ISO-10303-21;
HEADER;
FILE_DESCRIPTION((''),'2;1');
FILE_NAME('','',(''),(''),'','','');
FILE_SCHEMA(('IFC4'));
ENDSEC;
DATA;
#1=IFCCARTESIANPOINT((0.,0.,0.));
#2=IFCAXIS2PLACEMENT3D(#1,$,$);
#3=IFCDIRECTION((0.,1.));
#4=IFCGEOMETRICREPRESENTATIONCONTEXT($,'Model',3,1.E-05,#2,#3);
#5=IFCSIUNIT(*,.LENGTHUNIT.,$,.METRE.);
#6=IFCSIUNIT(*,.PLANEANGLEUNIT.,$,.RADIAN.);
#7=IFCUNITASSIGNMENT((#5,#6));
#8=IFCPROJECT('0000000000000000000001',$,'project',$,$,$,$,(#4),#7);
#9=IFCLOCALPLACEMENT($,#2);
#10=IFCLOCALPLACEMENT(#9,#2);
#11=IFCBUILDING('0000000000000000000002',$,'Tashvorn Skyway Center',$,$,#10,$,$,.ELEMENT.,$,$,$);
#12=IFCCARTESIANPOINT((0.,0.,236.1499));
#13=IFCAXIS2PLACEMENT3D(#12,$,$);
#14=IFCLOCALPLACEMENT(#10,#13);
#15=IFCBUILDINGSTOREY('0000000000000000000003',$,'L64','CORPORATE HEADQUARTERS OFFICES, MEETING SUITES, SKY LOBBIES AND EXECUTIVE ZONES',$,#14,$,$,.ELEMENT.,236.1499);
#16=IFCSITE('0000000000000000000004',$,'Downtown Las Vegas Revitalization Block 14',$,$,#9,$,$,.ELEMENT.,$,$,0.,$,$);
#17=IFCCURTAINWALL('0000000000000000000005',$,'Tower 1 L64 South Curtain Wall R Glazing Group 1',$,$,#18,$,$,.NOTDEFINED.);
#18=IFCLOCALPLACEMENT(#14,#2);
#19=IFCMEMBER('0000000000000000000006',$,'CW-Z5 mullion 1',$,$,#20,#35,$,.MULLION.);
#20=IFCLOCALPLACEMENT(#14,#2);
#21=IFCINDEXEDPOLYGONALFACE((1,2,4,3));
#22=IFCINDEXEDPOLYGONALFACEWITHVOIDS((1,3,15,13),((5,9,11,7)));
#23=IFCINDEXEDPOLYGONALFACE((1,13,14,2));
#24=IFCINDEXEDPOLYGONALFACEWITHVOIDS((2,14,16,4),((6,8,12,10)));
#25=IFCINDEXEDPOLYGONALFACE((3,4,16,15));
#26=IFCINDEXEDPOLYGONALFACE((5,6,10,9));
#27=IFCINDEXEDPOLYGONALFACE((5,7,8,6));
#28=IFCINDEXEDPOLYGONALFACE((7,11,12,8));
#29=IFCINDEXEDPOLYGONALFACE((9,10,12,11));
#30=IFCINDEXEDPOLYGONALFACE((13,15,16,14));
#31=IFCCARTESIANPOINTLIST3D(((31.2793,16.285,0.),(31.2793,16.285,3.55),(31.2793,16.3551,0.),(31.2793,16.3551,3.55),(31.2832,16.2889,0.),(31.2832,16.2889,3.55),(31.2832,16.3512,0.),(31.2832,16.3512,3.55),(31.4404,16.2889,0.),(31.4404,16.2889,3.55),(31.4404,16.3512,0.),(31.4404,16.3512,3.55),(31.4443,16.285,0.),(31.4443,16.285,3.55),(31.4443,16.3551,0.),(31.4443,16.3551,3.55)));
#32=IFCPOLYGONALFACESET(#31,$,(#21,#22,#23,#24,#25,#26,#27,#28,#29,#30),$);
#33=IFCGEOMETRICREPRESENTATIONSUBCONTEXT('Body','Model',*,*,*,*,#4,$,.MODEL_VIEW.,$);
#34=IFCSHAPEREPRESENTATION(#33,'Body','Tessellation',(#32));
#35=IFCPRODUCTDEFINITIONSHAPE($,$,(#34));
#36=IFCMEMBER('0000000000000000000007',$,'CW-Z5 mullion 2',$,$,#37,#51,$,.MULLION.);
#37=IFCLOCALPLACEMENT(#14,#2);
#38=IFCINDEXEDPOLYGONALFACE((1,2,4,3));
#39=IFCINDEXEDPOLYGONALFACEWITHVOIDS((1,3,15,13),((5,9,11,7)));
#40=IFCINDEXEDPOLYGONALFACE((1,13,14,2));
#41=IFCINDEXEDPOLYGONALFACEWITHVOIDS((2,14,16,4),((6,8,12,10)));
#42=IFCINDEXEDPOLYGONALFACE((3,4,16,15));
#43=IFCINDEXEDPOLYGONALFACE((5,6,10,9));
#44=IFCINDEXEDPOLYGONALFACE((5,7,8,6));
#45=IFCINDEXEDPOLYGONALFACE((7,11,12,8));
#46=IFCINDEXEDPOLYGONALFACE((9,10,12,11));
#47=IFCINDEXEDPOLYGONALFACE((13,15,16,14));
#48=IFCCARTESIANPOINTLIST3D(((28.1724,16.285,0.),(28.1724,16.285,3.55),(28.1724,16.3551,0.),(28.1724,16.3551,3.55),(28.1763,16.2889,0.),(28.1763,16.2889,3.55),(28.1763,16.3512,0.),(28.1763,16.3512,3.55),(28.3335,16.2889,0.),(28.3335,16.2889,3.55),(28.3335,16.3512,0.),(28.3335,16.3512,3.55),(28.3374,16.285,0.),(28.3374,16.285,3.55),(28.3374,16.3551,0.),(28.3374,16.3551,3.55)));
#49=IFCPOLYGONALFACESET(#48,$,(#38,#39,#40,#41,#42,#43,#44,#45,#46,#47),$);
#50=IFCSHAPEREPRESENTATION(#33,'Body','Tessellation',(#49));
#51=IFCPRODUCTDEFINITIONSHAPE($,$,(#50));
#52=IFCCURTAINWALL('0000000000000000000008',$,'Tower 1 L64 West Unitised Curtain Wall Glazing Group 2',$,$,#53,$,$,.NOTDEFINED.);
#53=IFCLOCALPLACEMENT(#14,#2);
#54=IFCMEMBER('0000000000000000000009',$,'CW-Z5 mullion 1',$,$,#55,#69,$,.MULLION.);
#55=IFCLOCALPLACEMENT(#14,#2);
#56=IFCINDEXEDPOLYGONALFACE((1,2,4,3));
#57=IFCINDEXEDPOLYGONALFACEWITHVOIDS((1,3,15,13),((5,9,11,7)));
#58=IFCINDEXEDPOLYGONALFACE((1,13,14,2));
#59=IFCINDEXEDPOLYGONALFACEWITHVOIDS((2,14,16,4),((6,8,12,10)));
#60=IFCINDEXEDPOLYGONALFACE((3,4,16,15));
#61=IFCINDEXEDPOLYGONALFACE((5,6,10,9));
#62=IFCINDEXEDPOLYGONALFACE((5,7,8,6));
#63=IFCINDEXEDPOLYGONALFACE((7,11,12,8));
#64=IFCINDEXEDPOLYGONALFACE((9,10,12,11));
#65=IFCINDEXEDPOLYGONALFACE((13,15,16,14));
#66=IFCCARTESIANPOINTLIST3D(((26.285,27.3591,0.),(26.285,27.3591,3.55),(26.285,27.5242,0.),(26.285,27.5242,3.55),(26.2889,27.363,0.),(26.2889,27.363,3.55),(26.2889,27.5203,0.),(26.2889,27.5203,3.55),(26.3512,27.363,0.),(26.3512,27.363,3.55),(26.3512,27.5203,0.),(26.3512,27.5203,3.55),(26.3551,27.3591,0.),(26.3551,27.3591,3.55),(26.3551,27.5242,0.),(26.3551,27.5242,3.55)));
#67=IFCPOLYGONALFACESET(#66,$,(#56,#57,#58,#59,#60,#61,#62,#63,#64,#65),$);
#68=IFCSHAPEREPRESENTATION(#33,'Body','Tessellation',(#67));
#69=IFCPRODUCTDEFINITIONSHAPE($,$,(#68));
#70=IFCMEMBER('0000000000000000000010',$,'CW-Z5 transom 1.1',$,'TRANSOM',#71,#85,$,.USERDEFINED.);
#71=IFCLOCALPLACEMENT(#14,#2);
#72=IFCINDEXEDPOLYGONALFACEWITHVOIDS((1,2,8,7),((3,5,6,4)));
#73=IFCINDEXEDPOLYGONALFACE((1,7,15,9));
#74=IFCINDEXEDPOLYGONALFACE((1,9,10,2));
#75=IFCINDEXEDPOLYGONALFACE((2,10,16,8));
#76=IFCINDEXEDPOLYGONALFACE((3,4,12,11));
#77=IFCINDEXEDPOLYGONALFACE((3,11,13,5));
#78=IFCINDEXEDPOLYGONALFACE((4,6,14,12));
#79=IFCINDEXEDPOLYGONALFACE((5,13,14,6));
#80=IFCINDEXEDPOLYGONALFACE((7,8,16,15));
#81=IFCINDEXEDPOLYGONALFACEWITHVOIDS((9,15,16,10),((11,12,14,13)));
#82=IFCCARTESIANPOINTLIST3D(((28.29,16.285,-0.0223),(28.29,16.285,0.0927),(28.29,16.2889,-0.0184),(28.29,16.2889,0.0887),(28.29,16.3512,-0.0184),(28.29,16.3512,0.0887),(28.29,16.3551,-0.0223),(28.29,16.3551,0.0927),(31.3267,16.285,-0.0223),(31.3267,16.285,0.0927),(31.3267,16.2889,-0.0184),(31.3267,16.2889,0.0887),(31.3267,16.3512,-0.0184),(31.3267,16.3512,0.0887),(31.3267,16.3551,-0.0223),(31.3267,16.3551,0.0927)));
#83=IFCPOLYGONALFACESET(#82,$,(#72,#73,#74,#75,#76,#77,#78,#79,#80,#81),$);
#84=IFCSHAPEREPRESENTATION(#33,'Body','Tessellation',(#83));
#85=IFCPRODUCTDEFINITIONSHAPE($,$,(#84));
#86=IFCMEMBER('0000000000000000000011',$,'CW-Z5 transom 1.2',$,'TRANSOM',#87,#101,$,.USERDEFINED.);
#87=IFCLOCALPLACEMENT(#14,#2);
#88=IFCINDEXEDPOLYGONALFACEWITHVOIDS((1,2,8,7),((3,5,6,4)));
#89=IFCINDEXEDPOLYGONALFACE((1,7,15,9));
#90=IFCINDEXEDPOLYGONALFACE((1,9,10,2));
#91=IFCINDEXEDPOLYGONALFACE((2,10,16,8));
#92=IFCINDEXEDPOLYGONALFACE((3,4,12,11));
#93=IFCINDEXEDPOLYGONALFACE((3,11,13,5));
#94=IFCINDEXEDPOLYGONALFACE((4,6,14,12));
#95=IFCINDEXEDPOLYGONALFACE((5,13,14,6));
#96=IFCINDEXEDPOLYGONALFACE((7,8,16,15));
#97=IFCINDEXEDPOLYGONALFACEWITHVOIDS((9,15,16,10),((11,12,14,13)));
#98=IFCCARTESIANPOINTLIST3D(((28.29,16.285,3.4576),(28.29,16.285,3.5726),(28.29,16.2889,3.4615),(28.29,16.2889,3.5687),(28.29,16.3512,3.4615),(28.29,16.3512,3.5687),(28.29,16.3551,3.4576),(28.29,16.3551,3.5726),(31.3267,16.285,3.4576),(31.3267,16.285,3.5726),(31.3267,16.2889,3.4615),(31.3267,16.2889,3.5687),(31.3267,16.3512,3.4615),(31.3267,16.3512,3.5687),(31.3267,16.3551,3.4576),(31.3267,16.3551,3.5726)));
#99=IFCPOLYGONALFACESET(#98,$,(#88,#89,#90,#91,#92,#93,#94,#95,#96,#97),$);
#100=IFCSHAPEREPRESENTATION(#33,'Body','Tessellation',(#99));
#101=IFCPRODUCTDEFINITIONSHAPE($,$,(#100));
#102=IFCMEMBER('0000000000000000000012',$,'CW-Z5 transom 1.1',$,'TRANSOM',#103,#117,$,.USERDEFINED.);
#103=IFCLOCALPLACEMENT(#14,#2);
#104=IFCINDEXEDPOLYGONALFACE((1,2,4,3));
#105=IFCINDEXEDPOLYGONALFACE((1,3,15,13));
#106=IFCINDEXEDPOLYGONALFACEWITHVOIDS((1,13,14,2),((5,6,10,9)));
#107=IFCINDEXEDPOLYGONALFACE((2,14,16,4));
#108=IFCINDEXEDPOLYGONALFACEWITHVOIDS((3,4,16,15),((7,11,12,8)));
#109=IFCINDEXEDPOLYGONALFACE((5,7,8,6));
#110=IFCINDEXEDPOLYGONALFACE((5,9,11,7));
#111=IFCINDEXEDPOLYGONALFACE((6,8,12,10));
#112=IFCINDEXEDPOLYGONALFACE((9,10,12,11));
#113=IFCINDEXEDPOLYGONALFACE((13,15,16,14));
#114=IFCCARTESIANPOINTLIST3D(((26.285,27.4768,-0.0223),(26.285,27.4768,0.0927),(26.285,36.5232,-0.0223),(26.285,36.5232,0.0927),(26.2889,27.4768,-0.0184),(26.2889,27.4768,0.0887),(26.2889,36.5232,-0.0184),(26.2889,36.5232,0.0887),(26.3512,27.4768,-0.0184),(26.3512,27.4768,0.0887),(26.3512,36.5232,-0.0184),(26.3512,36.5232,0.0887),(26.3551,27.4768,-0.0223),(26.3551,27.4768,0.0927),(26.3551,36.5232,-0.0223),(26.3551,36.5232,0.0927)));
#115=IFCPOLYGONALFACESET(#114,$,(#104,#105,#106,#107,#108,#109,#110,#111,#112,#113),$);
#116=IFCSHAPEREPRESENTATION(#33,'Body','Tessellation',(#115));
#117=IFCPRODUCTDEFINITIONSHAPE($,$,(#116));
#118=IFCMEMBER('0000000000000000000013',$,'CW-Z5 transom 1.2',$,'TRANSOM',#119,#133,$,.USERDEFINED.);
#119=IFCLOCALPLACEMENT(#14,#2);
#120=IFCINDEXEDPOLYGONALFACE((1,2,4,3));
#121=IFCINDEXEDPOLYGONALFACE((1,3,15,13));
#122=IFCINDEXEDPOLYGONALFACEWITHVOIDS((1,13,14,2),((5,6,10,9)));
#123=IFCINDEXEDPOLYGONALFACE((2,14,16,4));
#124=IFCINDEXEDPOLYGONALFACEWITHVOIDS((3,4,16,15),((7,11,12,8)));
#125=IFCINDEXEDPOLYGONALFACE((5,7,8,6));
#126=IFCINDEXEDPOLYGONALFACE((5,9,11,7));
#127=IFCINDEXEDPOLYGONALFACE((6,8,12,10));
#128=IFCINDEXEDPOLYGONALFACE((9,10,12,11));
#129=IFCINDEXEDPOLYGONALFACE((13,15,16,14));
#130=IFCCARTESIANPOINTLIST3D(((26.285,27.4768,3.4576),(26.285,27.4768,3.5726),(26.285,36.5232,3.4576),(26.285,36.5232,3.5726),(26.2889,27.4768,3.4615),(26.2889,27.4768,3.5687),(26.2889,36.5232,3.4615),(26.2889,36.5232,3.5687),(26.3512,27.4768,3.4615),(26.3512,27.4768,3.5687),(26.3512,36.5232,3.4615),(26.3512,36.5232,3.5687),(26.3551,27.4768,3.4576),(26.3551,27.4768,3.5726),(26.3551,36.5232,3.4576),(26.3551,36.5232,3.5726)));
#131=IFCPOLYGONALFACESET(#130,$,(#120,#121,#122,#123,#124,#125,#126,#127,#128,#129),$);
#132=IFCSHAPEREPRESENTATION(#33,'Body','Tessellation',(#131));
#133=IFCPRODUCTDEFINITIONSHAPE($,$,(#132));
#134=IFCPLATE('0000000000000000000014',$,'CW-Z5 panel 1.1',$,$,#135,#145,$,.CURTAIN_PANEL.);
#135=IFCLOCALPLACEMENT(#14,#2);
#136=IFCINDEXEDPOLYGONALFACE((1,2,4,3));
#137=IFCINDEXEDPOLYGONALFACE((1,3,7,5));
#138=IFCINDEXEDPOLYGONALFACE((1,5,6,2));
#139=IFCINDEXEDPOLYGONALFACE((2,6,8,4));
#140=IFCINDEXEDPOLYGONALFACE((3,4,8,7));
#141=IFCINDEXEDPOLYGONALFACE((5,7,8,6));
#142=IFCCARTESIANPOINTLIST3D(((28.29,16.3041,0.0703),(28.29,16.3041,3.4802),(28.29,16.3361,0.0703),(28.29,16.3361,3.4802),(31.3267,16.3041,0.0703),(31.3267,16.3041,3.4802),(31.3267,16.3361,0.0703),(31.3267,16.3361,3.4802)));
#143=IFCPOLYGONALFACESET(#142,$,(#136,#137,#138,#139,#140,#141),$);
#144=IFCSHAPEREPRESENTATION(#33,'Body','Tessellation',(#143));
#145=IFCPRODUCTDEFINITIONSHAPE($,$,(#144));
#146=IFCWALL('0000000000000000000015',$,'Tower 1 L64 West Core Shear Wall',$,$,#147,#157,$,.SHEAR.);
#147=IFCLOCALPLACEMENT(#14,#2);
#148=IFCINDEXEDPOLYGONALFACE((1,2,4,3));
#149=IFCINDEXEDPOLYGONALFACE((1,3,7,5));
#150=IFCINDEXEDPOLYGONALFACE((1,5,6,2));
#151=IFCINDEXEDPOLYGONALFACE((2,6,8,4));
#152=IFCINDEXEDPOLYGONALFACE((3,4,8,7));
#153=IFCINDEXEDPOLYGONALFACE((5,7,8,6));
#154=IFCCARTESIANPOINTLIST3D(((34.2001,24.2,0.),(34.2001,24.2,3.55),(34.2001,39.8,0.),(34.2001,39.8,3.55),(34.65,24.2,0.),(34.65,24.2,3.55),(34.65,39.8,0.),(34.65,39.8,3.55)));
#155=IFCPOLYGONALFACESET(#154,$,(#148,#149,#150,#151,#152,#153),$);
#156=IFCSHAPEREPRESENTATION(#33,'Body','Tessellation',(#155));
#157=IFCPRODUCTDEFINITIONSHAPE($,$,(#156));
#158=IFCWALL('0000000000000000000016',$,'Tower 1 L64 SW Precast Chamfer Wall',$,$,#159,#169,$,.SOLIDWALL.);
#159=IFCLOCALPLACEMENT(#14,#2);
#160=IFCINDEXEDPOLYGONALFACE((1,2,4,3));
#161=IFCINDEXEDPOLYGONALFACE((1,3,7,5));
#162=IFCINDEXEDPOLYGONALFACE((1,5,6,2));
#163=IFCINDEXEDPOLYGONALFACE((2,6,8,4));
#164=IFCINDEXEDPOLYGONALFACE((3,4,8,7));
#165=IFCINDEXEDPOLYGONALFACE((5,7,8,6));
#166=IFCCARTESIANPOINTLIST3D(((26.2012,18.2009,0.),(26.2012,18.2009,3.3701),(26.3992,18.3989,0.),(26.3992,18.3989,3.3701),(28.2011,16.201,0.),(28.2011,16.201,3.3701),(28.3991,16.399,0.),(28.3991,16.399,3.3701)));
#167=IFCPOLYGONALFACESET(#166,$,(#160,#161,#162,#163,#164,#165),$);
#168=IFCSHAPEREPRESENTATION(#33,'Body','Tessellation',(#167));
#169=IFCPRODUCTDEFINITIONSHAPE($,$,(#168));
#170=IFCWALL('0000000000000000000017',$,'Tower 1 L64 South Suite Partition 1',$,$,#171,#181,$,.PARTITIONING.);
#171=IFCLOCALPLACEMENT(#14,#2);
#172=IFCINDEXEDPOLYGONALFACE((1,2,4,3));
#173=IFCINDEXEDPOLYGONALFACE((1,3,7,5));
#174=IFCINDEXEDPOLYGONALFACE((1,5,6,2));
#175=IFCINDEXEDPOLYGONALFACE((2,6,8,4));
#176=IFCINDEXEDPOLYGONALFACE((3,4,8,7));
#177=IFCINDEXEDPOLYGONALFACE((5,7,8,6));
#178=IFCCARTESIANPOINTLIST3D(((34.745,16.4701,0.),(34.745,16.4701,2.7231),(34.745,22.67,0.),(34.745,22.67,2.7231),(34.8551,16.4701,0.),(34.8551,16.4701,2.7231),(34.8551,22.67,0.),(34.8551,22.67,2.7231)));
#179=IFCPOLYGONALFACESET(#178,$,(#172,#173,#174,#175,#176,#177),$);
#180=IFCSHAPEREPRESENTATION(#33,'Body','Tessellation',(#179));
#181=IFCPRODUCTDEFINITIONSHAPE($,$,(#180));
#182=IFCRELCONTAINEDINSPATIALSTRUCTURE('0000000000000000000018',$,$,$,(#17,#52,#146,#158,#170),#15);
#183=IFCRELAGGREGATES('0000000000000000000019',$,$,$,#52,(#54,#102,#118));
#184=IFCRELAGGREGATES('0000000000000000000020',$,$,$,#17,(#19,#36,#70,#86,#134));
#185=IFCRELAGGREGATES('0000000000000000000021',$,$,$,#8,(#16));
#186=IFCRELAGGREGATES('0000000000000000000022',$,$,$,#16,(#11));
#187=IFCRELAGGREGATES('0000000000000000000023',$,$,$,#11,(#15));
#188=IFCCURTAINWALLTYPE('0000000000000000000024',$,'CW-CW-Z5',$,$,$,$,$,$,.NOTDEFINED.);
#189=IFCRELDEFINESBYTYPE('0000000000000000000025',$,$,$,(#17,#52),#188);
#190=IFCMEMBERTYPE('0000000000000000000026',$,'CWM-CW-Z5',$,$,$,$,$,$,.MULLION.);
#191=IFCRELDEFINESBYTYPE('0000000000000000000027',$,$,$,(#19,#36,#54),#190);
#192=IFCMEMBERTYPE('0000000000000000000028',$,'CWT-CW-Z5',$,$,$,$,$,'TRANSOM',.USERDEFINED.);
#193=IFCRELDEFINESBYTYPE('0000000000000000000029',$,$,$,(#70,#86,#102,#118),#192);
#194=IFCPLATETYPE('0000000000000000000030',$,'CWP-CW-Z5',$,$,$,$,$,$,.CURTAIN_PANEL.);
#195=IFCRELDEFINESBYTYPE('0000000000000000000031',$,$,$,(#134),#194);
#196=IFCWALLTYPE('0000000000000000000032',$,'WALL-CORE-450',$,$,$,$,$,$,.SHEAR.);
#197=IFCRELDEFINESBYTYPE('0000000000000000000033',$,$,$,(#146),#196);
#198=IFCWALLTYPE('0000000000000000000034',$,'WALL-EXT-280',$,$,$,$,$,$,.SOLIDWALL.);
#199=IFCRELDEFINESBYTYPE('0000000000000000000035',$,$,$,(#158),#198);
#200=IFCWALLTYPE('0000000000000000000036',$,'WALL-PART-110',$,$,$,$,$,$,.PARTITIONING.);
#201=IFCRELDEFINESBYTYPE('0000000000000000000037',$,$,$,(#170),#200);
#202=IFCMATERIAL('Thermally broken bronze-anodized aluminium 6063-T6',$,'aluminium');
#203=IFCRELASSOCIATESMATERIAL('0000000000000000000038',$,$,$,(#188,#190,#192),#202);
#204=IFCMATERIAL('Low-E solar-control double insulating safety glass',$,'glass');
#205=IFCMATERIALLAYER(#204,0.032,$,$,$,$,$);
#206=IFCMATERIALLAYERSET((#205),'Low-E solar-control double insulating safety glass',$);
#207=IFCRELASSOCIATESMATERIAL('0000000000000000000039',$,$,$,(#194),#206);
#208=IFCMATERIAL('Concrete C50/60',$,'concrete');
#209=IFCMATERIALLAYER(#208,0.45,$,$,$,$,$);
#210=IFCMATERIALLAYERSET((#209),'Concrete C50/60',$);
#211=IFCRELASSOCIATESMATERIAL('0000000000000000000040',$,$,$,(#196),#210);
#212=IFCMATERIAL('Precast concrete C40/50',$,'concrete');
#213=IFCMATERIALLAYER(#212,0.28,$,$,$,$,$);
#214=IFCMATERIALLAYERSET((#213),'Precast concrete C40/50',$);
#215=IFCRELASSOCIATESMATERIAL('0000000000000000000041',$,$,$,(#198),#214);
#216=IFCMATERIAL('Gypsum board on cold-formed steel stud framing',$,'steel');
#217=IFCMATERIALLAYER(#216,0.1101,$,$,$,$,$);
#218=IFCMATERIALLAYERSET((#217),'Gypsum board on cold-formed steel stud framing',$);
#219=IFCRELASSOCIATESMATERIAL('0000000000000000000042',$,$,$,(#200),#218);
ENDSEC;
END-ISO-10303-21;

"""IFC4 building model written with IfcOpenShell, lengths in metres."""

from ifc_helpers import new_model, si_unit, direction, frame, frame_2d, origin, origin_2d, place, context, subcontext, project, spatial, rectangle, hollow_rectangle, extrude, material, layer, layer_set, material_profile, profile_set, type_object, element, aggregate, save


model = new_model("IFC4")

# Units and contexts
model_context = context("Model", 3, precision=1e-05, world=origin(), true_north=direction((0.0, 1.0)))
body_context = subcontext(model_context, "Body", "Model", "MODEL_VIEW")
ifc_project = project(units=[si_unit("LENGTHUNIT", "METRE"), si_unit("PLANEANGLEUNIT", "RADIAN")], contexts=[model_context])

# Site, building, storey
site_placement = place(None, origin())
site = spatial("IfcSite", under=ifc_project, at=site_placement, Name="Downtown Las Vegas Revitalization Block 14", CompositionType="ELEMENT", RefElevation=0.0)
building_placement = place(site_placement, origin())
building = spatial("IfcBuilding", under=site, at=building_placement, Name="Tashvorn Skyway Center", CompositionType="ELEMENT")
storey_placement = place(building_placement, frame((0.0, 0.0, 236.1499)))
storey = spatial("IfcBuildingStorey", under=building, at=storey_placement, Name="L64", Description="CORPORATE HEADQUARTERS OFFICES, MEETING SUITES, SKY LOBBIES AND EXECUTIVE ZONES", CompositionType="ELEMENT", Elevation=236.1499)

# Curtain wall, members
ifc_material_1 = material(Name="Thermally broken bronze-anodized aluminium 6063-T6", Category="aluminium")
curtain_wall_type = type_object("IfcCurtainWallType", Name="CW-CW-Z5", PredefinedType="NOTDEFINED", material=ifc_material_1)
curtain_wall_1_placement = place(storey_placement, origin())
curtain_wall_1 = element("IfcCurtainWall", 1, at=curtain_wall_1_placement, inside=storey, type_object=curtain_wall_type, Name="Tower 1 L64 South Curtain Wall R Glazing Group 1", PredefinedType="NOTDEFINED")
ifc_material_profile_1 = material_profile(ifc_material_1, hollow_rectangle(XDim=0.0701, YDim=0.165, WallThickness=0.0039, at=origin_2d()), Name="ALU-MULL-70x165")
ifc_profile_set_1 = profile_set([ifc_material_profile_1], Name="Thermally broken bronze-anodized aluminium 6063-T6")
member_type_1 = type_object("IfcMemberType", Name="CWM-CW-Z5", PredefinedType="MULLION", material=ifc_profile_set_1)
member_1_placement = place(storey_placement, frame((31.3618, 16.3201, 0.0), z_axis=(0.0, 0.0, 1.0), x_axis=(0.0, -1.0, 0.0)))
member_1 = element("IfcMember", 2, at=member_1_placement, type_object=member_type_1, Name="CW-Z5 mullion 1", PredefinedType="MULLION", context=body_context, shape_type="SweptSolid", body=[
    extrude(hollow_rectangle(XDim=0.0701, YDim=0.165, WallThickness=0.0039, at=origin_2d()), origin(), (0.0, 0.0, 1.0), 3.55),
])
member_2_placement = place(storey_placement, frame((28.2549, 16.3201, 0.0), z_axis=(0.0, 0.0, 1.0), x_axis=(0.0, -1.0, 0.0)))
member_2 = element("IfcMember", 3, at=member_2_placement, type_object=member_type_1, Name="CW-Z5 mullion 2", PredefinedType="MULLION", context=body_context, shape_type="SweptSolid", body=[
    extrude(hollow_rectangle(XDim=0.0701, YDim=0.165, WallThickness=0.0039, at=origin_2d()), origin(), (0.0, 0.0, 1.0), 3.55),
])

# Curtain wall, member
curtain_wall_2_placement = place(storey_placement, origin())
curtain_wall_2 = element("IfcCurtainWall", 4, at=curtain_wall_2_placement, inside=storey, type_object=curtain_wall_type, Name="Tower 1 L64 West Unitised Curtain Wall Glazing Group 2", PredefinedType="NOTDEFINED")
member_3_placement = place(storey_placement, frame((26.3201, 27.4417, 0.0), z_axis=(0.0, 0.0, 1.0), x_axis=(-1.0, 0.0, 0.0)))
member_3 = element("IfcMember", 5, at=member_3_placement, type_object=member_type_1, Name="CW-Z5 mullion 1", PredefinedType="MULLION", context=body_context, shape_type="SweptSolid", body=[
    extrude(hollow_rectangle(XDim=0.0701, YDim=0.165, WallThickness=0.0039, at=origin_2d()), origin(), (0.0, 0.0, 1.0), 3.55),
])

# Members
ifc_material_profile_2 = material_profile(ifc_material_1, hollow_rectangle(XDim=0.0701, YDim=0.115, WallThickness=0.0039, at=origin_2d()), Name="ALU-TRAN-70x115")
ifc_profile_set_2 = profile_set([ifc_material_profile_2], Name="Thermally broken bronze-anodized aluminium 6063-T6")
member_type_2 = type_object("IfcMemberType", Name="CWT-CW-Z5", ElementType="TRANSOM", PredefinedType="USERDEFINED", material=ifc_profile_set_2)
member_4_placement = place(storey_placement, frame((31.3267, 16.3201, 0.0352), z_axis=(-1.0, 0.0, 0.0), x_axis=(0.0, -1.0, 0.0)))
member_4 = element("IfcMember", 6, at=member_4_placement, type_object=member_type_2, Name="CW-Z5 transom 1.1", ObjectType="TRANSOM", PredefinedType="USERDEFINED", context=body_context, shape_type="SweptSolid", body=[
    extrude(hollow_rectangle(XDim=0.0701, YDim=0.115, WallThickness=0.0039, at=origin_2d()), origin(), (0.0, 0.0, 1.0), 3.0366),
])
member_5_placement = place(storey_placement, frame((31.3267, 16.3201, 3.5151), z_axis=(-1.0, 0.0, 0.0), x_axis=(0.0, -1.0, 0.0)))
member_5 = element("IfcMember", 7, at=member_5_placement, type_object=member_type_2, Name="CW-Z5 transom 1.2", ObjectType="TRANSOM", PredefinedType="USERDEFINED", context=body_context, shape_type="SweptSolid", body=[
    extrude(hollow_rectangle(XDim=0.0701, YDim=0.115, WallThickness=0.0039, at=origin_2d()), origin(), (0.0, 0.0, 1.0), 3.0366),
])
member_6_placement = place(storey_placement, frame((26.3201, 27.4768, 0.0352), z_axis=(0.0, 1.0, 0.0), x_axis=(-1.0, 0.0, 0.0)))
member_6 = element("IfcMember", 8, at=member_6_placement, type_object=member_type_2, Name="CW-Z5 transom 1.1", ObjectType="TRANSOM", PredefinedType="USERDEFINED", context=body_context, shape_type="SweptSolid", body=[
    extrude(hollow_rectangle(XDim=0.0701, YDim=0.115, WallThickness=0.0039, at=origin_2d()), origin(), (0.0, 0.0, 1.0), 9.0464),
])
member_7_placement = place(storey_placement, frame((26.3201, 27.4768, 3.5151), z_axis=(0.0, 1.0, 0.0), x_axis=(-1.0, 0.0, 0.0)))
member_7 = element("IfcMember", 9, at=member_7_placement, type_object=member_type_2, Name="CW-Z5 transom 1.2", ObjectType="TRANSOM", PredefinedType="USERDEFINED", context=body_context, shape_type="SweptSolid", body=[
    extrude(hollow_rectangle(XDim=0.0701, YDim=0.115, WallThickness=0.0039, at=origin_2d()), origin(), (0.0, 0.0, 1.0), 9.0464),
])
aggregate(curtain_wall_2, [member_3, member_6, member_7])

# Plate
ifc_material_2 = material(Name="Low-E solar-control double insulating safety glass", Category="glass")
ifc_layer_1 = layer(ifc_material_2, 0.032)
ifc_layer_set_1 = layer_set([ifc_layer_1], Name="Low-E solar-control double insulating safety glass")
plate_type = type_object("IfcPlateType", Name="CWP-CW-Z5", PredefinedType="CURTAIN_PANEL", material=ifc_layer_set_1)
plate_placement = place(storey_placement, frame((29.8083, 16.3201, 0.0703), z_axis=(0.0, 0.0, 1.0), x_axis=(-1.0, 0.0, 0.0)))
plate = element("IfcPlate", 10, at=plate_placement, type_object=plate_type, Name="CW-Z5 panel 1.1", PredefinedType="CURTAIN_PANEL", context=body_context, shape_type="SweptSolid", body=[
    extrude(rectangle(XDim=3.0366, YDim=0.032, at=origin_2d()), origin(), (0.0, 0.0, 1.0), 3.4099),
])
aggregate(curtain_wall_1, [member_1, member_2, member_4, member_5, plate])

# Walls
ifc_material_3 = material(Name="Concrete C50/60", Category="concrete")
ifc_layer_2 = layer(ifc_material_3, 0.45)
ifc_layer_set_2 = layer_set([ifc_layer_2], Name="Concrete C50/60")
wall_type_1 = type_object("IfcWallType", Name="WALL-CORE-450", PredefinedType="SHEAR", material=ifc_layer_set_2)
wall_1_placement = place(storey_placement, frame((34.425, 24.2, 0.0), z_axis=(0.0, 0.0, 1.0), x_axis=(0.0, 1.0, 0.0)))
element("IfcWall", 11, at=wall_1_placement, inside=storey, type_object=wall_type_1, Name="Tower 1 L64 West Core Shear Wall", PredefinedType="SHEAR", context=body_context, shape_type="SweptSolid", body=[
    extrude(rectangle(XDim=15.6001, YDim=0.45, at=frame_2d((7.8, 0.0))), origin(), (0.0, 0.0, 1.0), 3.55),
])
ifc_material_4 = material(Name="Precast concrete C40/50", Category="concrete")
ifc_layer_3 = layer(ifc_material_4, 0.28)
ifc_layer_set_3 = layer_set([ifc_layer_3], Name="Precast concrete C40/50")
wall_type_2 = type_object("IfcWallType", Name="WALL-EXT-280", PredefinedType="SOLIDWALL", material=ifc_layer_set_3)
wall_2_placement = place(storey_placement, frame((28.3, 16.3, 0.0), z_axis=(0.0, 0.0, 1.0), x_axis=(-0.707107, 0.707107, 0.0)))
element("IfcWall", 12, at=wall_2_placement, inside=storey, type_object=wall_type_2, Name="Tower 1 L64 SW Precast Chamfer Wall", PredefinedType="SOLIDWALL", context=body_context, shape_type="SweptSolid", body=[
    extrude(rectangle(XDim=2.8284, YDim=0.28, at=frame_2d((1.4141, 0.0))), origin(), (0.0, 0.0, 1.0), 3.3701),
])
ifc_material_5 = material(Name="Gypsum board on cold-formed steel stud framing", Category="steel")
ifc_layer_4 = layer(ifc_material_5, 0.1101)
ifc_layer_set_4 = layer_set([ifc_layer_4], Name="Gypsum board on cold-formed steel stud framing")
wall_type_3 = type_object("IfcWallType", Name="WALL-PART-110", PredefinedType="PARTITIONING", material=ifc_layer_set_4)
wall_3_placement = place(storey_placement, frame((34.8, 16.47, 0.0), z_axis=(0.0, 0.0, 1.0), x_axis=(0.0, 1.0, 0.0)))
element("IfcWall", 13, at=wall_3_placement, inside=storey, type_object=wall_type_3, Name="Tower 1 L64 South Suite Partition 1", PredefinedType="PARTITIONING", context=body_context, shape_type="SweptSolid", body=[
    extrude(rectangle(XDim=6.2, YDim=0.1101, at=frame_2d((3.1001, 0.0))), origin(), (0.0, 0.0, 1.0), 2.7231),
])

save(model, "model.ifc")
